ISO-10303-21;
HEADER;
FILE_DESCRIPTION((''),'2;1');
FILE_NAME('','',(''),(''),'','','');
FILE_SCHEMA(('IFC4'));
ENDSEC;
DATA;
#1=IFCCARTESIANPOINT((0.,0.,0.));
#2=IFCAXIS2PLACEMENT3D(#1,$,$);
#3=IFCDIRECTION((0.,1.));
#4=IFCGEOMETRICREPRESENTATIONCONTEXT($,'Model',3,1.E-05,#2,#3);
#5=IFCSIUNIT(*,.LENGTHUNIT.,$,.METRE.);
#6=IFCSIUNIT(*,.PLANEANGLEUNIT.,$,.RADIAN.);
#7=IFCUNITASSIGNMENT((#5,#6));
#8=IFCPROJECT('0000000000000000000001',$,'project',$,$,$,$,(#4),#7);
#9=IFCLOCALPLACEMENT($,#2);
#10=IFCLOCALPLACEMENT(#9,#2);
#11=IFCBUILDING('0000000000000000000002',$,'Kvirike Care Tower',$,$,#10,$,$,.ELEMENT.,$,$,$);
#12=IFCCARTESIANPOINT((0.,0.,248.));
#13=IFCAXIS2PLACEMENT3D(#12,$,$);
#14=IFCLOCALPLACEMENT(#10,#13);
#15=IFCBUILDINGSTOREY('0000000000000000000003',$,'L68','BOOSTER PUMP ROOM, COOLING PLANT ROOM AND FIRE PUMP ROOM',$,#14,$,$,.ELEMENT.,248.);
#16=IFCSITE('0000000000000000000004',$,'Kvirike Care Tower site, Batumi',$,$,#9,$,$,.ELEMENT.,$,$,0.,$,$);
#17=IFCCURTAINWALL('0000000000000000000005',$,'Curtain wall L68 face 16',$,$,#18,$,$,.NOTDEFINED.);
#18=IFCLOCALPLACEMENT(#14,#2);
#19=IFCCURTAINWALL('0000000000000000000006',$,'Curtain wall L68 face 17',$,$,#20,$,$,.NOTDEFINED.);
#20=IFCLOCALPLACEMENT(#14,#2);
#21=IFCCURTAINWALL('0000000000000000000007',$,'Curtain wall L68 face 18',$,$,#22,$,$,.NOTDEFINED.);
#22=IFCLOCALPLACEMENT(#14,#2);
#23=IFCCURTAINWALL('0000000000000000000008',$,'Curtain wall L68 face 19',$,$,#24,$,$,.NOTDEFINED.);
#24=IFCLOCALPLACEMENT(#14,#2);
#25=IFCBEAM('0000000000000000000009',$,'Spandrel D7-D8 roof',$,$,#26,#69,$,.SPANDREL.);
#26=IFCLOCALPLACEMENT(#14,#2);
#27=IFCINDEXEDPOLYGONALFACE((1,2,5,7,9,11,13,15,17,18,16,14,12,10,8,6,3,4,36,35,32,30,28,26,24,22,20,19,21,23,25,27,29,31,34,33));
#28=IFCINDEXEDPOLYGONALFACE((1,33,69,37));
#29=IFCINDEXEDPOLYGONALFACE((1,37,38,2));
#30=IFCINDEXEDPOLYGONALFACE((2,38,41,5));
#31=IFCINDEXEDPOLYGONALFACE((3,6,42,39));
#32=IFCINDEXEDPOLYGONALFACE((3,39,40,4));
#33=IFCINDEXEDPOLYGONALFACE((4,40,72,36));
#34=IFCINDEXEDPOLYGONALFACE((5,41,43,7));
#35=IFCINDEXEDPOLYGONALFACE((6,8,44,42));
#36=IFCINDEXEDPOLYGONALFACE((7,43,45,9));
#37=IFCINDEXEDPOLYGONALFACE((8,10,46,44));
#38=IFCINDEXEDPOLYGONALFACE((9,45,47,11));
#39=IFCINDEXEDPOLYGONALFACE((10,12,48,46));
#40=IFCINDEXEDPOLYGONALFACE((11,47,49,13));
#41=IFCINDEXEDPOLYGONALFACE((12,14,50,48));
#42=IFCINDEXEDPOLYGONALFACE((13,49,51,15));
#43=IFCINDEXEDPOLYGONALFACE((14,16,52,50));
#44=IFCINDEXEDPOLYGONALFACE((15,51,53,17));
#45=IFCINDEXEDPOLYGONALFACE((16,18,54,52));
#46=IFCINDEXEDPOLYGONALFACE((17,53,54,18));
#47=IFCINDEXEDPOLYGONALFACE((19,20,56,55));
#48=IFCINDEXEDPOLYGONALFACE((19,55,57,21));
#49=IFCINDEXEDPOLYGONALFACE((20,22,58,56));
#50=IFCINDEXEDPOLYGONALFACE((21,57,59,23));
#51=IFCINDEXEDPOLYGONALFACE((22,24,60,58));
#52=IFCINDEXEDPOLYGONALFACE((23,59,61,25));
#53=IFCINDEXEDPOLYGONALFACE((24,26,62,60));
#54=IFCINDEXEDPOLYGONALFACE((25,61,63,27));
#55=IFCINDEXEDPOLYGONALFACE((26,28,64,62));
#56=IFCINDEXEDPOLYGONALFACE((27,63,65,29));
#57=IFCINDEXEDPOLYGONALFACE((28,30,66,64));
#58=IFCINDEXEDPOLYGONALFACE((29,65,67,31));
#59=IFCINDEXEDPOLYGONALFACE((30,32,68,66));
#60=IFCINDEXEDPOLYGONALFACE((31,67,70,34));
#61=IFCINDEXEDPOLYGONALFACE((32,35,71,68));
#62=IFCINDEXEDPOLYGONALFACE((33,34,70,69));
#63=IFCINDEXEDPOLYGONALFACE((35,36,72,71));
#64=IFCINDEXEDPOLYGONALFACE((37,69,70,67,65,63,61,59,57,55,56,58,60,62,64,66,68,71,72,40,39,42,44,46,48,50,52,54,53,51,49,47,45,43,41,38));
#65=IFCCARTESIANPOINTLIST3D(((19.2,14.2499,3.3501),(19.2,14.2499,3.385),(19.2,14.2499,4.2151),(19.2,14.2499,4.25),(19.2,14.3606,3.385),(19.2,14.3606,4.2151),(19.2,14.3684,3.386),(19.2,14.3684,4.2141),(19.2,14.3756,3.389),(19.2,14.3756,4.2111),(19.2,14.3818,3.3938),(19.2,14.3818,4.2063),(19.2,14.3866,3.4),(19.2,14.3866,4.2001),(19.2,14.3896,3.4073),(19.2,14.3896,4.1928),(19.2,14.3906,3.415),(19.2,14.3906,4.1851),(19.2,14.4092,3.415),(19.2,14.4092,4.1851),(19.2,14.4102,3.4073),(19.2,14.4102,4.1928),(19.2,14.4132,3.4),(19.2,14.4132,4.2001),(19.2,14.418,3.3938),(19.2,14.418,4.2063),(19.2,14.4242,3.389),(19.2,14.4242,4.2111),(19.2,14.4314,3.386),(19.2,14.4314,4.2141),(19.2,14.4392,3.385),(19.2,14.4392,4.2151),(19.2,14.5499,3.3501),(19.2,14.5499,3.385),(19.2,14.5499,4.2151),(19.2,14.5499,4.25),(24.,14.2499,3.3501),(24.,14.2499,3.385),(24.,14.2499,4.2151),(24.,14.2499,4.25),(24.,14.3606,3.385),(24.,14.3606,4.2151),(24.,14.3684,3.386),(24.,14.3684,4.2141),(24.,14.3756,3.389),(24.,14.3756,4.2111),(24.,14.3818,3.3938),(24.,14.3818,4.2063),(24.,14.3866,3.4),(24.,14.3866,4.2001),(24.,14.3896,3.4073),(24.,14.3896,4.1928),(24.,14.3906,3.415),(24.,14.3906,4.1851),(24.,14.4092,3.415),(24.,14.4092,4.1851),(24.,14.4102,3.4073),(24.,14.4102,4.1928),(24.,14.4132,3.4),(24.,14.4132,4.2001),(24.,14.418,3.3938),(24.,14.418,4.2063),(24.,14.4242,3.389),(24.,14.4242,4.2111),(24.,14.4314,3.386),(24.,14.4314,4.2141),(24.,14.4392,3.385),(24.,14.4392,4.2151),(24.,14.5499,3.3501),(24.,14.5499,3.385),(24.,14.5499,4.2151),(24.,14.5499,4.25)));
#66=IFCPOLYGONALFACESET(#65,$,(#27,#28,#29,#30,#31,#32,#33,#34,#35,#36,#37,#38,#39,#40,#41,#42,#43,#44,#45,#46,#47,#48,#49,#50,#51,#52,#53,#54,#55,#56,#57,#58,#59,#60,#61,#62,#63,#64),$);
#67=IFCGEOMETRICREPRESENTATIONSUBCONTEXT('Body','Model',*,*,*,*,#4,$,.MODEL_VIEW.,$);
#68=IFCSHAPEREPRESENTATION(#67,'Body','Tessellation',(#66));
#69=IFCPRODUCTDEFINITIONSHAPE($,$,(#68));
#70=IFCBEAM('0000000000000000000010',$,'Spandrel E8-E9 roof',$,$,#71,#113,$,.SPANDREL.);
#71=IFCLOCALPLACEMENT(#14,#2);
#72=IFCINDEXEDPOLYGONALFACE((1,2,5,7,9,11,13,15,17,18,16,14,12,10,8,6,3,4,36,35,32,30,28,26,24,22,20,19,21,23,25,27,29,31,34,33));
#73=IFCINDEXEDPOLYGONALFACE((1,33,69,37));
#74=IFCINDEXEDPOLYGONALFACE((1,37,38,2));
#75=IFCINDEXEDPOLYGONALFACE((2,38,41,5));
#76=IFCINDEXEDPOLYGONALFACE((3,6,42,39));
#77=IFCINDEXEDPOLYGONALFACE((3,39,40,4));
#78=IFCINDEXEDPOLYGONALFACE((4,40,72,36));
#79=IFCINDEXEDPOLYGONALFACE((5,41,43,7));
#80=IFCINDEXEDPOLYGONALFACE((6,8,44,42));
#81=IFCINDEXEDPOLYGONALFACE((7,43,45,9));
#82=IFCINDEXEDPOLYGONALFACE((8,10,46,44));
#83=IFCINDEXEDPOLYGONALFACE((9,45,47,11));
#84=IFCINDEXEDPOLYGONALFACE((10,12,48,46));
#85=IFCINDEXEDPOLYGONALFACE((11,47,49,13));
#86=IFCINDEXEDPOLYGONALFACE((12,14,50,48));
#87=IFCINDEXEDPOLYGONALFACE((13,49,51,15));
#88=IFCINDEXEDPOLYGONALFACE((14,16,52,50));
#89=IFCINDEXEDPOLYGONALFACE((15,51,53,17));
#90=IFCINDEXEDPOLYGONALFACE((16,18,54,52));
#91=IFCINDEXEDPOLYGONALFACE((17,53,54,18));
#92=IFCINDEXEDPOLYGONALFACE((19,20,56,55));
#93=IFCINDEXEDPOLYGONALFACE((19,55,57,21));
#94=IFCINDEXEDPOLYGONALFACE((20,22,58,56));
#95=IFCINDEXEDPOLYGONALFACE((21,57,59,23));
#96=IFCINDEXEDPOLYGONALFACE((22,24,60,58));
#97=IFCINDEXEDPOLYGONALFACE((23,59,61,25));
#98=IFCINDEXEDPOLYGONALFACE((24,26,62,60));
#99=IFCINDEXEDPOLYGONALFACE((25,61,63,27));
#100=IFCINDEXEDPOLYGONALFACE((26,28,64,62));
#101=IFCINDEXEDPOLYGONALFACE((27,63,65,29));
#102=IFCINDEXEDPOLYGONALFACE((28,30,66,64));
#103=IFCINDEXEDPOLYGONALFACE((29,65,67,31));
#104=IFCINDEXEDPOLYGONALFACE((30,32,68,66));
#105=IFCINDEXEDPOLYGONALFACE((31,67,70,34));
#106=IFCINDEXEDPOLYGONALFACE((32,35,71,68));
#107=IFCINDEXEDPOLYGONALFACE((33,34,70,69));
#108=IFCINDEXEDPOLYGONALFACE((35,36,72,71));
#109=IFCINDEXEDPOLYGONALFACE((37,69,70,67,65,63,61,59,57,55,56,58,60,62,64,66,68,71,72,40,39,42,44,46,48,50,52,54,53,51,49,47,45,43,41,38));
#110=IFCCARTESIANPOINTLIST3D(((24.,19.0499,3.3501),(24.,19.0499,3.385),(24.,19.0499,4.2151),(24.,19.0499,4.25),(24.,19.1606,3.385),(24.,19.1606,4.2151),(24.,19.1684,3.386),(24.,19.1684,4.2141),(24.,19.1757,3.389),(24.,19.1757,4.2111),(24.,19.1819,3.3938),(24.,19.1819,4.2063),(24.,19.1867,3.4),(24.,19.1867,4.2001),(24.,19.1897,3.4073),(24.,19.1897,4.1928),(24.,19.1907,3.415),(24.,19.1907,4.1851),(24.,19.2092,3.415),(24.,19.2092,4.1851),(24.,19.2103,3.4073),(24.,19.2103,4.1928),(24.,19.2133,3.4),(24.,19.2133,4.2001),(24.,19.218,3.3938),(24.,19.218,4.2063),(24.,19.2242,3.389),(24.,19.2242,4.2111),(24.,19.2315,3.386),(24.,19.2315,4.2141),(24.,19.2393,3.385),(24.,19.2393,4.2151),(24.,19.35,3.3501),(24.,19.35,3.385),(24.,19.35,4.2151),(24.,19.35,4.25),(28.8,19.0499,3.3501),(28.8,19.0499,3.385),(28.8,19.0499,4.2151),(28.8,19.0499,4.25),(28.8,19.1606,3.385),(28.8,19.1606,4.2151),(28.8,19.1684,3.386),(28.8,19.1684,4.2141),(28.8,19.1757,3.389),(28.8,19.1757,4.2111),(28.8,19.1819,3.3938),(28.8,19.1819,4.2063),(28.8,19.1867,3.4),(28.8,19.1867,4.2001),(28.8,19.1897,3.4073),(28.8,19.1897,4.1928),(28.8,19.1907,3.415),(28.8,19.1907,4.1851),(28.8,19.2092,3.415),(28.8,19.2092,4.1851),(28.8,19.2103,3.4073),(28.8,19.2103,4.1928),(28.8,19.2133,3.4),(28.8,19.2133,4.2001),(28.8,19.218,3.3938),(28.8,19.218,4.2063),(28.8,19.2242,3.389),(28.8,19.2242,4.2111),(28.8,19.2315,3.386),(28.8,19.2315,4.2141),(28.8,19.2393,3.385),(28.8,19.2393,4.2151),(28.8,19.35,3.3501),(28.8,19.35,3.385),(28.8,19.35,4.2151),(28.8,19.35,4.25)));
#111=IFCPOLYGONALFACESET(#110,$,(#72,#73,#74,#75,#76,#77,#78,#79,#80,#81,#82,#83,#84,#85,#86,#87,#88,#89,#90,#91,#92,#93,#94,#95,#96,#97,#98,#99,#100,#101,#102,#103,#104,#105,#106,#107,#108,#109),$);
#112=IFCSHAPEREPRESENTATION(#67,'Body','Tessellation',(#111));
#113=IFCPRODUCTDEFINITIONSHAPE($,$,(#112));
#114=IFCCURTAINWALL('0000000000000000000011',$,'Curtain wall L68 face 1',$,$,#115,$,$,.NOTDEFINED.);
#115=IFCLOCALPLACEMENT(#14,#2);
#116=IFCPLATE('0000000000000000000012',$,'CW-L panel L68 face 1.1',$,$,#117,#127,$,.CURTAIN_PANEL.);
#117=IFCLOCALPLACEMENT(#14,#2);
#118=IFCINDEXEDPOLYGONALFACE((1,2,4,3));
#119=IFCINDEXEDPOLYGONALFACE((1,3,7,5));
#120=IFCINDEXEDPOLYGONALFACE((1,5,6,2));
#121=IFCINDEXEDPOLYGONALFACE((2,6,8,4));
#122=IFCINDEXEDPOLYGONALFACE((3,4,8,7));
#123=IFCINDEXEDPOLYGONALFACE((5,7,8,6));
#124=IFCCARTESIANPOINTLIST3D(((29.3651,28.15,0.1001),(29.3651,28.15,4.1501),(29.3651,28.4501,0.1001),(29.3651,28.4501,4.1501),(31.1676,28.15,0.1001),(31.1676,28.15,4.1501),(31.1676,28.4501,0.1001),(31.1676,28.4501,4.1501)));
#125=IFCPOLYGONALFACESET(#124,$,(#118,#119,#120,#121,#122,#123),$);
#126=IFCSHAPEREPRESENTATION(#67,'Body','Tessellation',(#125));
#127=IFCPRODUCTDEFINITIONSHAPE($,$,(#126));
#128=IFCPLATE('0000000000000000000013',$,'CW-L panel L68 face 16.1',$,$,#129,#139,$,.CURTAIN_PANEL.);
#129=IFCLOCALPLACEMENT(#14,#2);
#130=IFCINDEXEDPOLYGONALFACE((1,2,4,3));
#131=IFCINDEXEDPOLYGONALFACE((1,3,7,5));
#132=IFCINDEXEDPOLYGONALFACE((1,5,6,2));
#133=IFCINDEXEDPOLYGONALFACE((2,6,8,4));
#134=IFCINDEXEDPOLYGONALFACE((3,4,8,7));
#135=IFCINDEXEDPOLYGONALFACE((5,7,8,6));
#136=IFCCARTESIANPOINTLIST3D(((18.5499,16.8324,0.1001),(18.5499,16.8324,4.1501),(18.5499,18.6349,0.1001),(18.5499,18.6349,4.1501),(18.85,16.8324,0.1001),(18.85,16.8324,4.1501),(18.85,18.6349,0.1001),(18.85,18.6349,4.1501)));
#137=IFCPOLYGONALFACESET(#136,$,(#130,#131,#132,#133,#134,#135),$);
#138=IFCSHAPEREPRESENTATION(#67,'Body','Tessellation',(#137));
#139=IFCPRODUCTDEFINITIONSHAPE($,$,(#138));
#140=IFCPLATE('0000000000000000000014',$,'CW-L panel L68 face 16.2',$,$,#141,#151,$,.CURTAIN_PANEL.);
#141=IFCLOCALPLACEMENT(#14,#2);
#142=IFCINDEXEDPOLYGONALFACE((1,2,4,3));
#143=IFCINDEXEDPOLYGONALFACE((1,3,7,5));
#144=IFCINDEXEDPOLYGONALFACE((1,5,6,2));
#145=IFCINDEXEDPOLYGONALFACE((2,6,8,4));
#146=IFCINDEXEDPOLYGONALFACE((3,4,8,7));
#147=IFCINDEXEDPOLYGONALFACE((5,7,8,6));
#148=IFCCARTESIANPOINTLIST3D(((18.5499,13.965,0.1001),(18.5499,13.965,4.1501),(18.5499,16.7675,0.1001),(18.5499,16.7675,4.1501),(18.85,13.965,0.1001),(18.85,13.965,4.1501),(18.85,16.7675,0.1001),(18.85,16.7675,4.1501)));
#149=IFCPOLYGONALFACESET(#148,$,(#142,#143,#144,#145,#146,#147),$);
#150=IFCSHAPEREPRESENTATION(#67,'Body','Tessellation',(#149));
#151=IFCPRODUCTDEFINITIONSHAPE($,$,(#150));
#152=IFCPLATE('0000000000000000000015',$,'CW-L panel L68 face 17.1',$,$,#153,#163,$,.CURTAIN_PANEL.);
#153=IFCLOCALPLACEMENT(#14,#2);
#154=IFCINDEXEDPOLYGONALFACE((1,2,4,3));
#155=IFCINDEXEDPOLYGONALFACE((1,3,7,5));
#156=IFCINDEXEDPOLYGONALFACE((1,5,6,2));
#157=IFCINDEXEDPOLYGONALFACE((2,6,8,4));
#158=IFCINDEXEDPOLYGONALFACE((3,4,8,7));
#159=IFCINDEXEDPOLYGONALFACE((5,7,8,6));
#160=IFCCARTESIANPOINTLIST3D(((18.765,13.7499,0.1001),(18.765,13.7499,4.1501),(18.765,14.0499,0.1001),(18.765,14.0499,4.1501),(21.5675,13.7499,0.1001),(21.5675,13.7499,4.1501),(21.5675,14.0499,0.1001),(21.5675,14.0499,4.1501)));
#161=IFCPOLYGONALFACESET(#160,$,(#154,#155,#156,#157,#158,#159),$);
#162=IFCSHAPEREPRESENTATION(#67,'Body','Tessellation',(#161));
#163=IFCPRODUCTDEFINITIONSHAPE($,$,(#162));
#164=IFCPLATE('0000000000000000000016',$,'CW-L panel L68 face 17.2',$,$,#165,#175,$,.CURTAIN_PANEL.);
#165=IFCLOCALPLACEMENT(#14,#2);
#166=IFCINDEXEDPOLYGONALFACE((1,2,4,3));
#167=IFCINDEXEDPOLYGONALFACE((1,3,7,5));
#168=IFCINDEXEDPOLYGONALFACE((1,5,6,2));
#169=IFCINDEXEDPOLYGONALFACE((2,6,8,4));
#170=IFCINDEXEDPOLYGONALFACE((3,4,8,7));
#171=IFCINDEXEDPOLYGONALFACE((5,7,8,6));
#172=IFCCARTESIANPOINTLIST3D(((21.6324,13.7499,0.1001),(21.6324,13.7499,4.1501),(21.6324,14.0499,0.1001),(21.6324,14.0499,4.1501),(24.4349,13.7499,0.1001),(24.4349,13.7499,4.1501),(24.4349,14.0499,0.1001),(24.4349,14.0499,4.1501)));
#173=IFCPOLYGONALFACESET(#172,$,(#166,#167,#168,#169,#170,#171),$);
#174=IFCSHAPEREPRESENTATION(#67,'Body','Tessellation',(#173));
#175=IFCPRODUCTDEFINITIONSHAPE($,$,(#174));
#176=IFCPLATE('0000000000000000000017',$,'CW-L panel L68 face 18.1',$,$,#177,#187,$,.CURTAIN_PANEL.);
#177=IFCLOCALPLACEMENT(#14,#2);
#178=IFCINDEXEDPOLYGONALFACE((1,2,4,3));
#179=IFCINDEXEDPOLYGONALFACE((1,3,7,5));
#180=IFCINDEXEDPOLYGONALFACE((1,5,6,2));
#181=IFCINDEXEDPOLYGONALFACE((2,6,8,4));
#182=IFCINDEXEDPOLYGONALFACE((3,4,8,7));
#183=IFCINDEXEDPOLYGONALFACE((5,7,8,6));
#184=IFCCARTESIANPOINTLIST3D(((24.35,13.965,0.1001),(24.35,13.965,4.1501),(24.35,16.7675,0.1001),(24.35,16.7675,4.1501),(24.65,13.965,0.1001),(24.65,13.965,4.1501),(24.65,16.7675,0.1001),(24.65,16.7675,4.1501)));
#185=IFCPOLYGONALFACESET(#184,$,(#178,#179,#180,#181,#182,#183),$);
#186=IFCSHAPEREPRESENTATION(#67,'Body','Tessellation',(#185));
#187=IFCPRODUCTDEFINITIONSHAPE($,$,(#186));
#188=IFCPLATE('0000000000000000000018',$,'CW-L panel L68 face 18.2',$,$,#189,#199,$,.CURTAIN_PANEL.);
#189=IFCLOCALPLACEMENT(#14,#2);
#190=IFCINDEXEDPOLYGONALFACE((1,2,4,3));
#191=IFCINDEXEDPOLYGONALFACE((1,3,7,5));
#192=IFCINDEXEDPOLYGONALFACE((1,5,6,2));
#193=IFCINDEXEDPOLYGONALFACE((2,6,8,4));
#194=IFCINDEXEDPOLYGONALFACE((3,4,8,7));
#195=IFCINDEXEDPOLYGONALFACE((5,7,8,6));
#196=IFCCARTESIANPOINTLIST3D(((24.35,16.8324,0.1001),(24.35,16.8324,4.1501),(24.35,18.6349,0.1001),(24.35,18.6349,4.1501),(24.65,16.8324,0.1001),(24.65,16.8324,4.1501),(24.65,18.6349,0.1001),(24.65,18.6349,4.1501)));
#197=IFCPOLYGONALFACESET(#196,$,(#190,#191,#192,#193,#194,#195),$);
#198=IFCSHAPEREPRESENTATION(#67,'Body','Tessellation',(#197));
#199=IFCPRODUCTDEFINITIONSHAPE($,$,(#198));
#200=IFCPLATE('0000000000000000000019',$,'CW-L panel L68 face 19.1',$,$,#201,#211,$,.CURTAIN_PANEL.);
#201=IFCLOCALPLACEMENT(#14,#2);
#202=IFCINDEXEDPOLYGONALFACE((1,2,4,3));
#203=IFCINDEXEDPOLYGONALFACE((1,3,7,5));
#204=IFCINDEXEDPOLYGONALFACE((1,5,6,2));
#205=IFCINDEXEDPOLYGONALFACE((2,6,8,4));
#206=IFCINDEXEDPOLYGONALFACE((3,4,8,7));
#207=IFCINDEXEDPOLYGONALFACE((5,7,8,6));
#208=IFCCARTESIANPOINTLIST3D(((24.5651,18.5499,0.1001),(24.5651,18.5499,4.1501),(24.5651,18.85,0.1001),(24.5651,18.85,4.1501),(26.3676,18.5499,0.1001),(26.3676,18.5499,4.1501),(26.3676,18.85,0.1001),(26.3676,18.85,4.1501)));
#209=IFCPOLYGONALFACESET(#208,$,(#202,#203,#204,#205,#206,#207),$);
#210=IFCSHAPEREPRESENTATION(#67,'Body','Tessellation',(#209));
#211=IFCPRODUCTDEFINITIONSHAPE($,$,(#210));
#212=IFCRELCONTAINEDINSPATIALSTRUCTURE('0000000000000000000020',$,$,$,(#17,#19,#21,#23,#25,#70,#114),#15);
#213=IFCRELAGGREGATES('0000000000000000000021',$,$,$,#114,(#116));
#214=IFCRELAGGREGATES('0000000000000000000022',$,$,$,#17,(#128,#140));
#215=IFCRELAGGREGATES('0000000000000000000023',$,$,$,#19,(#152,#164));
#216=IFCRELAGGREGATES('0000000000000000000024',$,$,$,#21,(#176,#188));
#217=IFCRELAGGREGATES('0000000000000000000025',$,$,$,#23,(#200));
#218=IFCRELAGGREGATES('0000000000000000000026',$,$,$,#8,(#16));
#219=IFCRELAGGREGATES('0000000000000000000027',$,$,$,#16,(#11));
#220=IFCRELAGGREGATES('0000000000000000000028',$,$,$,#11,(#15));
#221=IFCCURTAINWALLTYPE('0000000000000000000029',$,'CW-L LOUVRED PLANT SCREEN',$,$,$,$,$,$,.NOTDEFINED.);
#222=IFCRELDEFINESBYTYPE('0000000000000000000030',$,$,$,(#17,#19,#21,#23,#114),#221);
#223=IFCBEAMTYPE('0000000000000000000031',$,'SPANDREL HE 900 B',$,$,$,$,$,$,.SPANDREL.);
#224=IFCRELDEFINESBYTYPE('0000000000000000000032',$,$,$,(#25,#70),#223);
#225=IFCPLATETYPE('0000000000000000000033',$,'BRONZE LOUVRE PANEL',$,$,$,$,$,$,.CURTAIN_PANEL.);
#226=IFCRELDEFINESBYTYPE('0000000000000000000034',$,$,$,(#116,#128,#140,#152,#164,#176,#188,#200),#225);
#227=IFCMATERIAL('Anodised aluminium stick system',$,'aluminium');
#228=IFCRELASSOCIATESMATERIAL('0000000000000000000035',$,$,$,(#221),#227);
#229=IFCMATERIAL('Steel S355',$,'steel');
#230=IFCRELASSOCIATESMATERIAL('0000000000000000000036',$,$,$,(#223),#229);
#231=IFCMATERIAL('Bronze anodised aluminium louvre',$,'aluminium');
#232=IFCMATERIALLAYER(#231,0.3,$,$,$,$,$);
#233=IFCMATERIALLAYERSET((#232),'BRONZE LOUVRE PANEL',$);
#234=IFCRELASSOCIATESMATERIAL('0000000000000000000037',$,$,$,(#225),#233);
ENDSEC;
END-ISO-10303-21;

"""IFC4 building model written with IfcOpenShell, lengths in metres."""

from ifc_helpers import new_model, si_unit, direction, frame, origin, origin_2d, place, context, subcontext, project, spatial, rectangle, i_section, extrude, material, layer, layer_set, material_profile, profile_set, type_object, element, aggregate, save


model = new_model("IFC4")

# Units and contexts
model_context = context("Model", 3, precision=1e-05, world=origin(), true_north=direction((0.0, 1.0)))
body_context = subcontext(model_context, "Body", "Model", "MODEL_VIEW")
ifc_project = project(units=[si_unit("LENGTHUNIT", "METRE"), si_unit("PLANEANGLEUNIT", "RADIAN")], contexts=[model_context])

# Site, building, storey
site_placement = place(None, origin())
site = spatial("IfcSite", under=ifc_project, at=site_placement, Name="Kvirike Care Tower site, Batumi", CompositionType="ELEMENT", RefElevation=0.0)
building_placement = place(site_placement, origin())
building = spatial("IfcBuilding", under=site, at=building_placement, Name="Kvirike Care Tower", CompositionType="ELEMENT")
storey_placement = place(building_placement, frame((0.0, 0.0, 248.0)))
storey = spatial("IfcBuildingStorey", under=building, at=storey_placement, Name="L68", Description="BOOSTER PUMP ROOM, COOLING PLANT ROOM AND FIRE PUMP ROOM", CompositionType="ELEMENT", Elevation=248.0)

# Curtain walls
ifc_material_1 = material(Name="Anodised aluminium stick system", Category="aluminium")
curtain_wall_type = type_object("IfcCurtainWallType", Name="CW-L LOUVRED PLANT SCREEN", PredefinedType="NOTDEFINED", material=ifc_material_1)
curtain_wall_1_placement = place(storey_placement, origin())
curtain_wall_1 = element("IfcCurtainWall", 1, at=curtain_wall_1_placement, inside=storey, type_object=curtain_wall_type, Name="Curtain wall L68 face 16", PredefinedType="NOTDEFINED")
curtain_wall_2_placement = place(storey_placement, origin())
curtain_wall_2 = element("IfcCurtainWall", 2, at=curtain_wall_2_placement, inside=storey, type_object=curtain_wall_type, Name="Curtain wall L68 face 17", PredefinedType="NOTDEFINED")
curtain_wall_3_placement = place(storey_placement, origin())
curtain_wall_3 = element("IfcCurtainWall", 3, at=curtain_wall_3_placement, inside=storey, type_object=curtain_wall_type, Name="Curtain wall L68 face 18", PredefinedType="NOTDEFINED")
curtain_wall_4_placement = place(storey_placement, origin())
curtain_wall_4 = element("IfcCurtainWall", 4, at=curtain_wall_4_placement, inside=storey, type_object=curtain_wall_type, Name="Curtain wall L68 face 19", PredefinedType="NOTDEFINED")

# Beams
ifc_material_2 = material(Name="Steel S355", Category="steel")
ifc_material_profile_1 = material_profile(ifc_material_2, i_section(OverallWidth=0.3, OverallDepth=0.8999, WebThickness=0.0186, FlangeThickness=0.0349, FilletRadius=0.03, at=origin_2d()), Name="HE 900 B")
ifc_profile_set_1 = profile_set([ifc_material_profile_1], Name="Steel S355")
beam_type = type_object("IfcBeamType", Name="SPANDREL HE 900 B", PredefinedType="SPANDREL", material=ifc_profile_set_1)
for number, where, z_axis, x_axis, name in (
    (5, (19.2, 14.3999, 3.8), (1.0, 0.0, 0.0), (0.0, 1.0, 0.0), "Spandrel D7-D8 roof"),
    (6, (24.0, 19.2, 3.8), (1.0, 0.0, 0.0), (0.0, 1.0, 0.0), "Spandrel E8-E9 roof"),
):
    element("IfcBeam", number, at=place(storey_placement, frame(where, z_axis=z_axis, x_axis=x_axis)), inside=storey, type_object=beam_type, Name=name, PredefinedType="SPANDREL", context=body_context, shape_type="SweptSolid", body=[
        extrude(i_section(OverallWidth=0.3, OverallDepth=0.8999, WebThickness=0.0186, FlangeThickness=0.0349, FilletRadius=0.03, at=origin_2d()), origin(), (0.0, 0.0, 1.0), 4.8),
    ])

# Curtain wall, plate
curtain_wall_5_placement = place(storey_placement, origin())
curtain_wall_5 = element("IfcCurtainWall", 7, at=curtain_wall_5_placement, inside=storey, type_object=curtain_wall_type, Name="Curtain wall L68 face 1", PredefinedType="NOTDEFINED")
ifc_material_3 = material(Name="Bronze anodised aluminium louvre", Category="aluminium")
ifc_layer = layer(ifc_material_3, 0.3)
ifc_layer_set = layer_set([ifc_layer], Name="BRONZE LOUVRE PANEL")
plate_type = type_object("IfcPlateType", Name="BRONZE LOUVRE PANEL", PredefinedType="CURTAIN_PANEL", material=ifc_layer_set)
plate_1_placement = place(storey_placement, frame((30.2664, 28.3, 0.1001), z_axis=(0.0, 0.0, 1.0), x_axis=(1.0, 0.0, 0.0)))
plate_1 = element("IfcPlate", 8, at=plate_1_placement, type_object=plate_type, Name="CW-L panel L68 face 1.1", PredefinedType="CURTAIN_PANEL", context=body_context, shape_type="SweptSolid", body=[
    extrude(rectangle(XDim=1.8025, YDim=0.3, at=origin_2d()), origin(), (0.0, 0.0, 1.0), 4.05),
])
aggregate(curtain_wall_5, [plate_1])

# Plates
plate_2_placement = place(storey_placement, frame((18.7, 17.7336, 0.1001), z_axis=(0.0, 0.0, 1.0), x_axis=(0.0, -1.0, 0.0)))
plate_2 = element("IfcPlate", 9, at=plate_2_placement, type_object=plate_type, Name="CW-L panel L68 face 16.1", PredefinedType="CURTAIN_PANEL", context=body_context, shape_type="SweptSolid", body=[
    extrude(rectangle(XDim=1.8025, YDim=0.3, at=origin_2d()), origin(), (0.0, 0.0, 1.0), 4.05),
])
plate_3_placement = place(storey_placement, frame((18.7, 15.3662, 0.1001), z_axis=(0.0, 0.0, 1.0), x_axis=(0.0, -1.0, 0.0)))
plate_3 = element("IfcPlate", 10, at=plate_3_placement, type_object=plate_type, Name="CW-L panel L68 face 16.2", PredefinedType="CURTAIN_PANEL", context=body_context, shape_type="SweptSolid", body=[
    extrude(rectangle(XDim=2.8025, YDim=0.3, at=origin_2d()), origin(), (0.0, 0.0, 1.0), 4.05),
])
aggregate(curtain_wall_1, [plate_2, plate_3])
plate_4_placement = place(storey_placement, frame((20.1663, 13.8999, 0.1001), z_axis=(0.0, 0.0, 1.0), x_axis=(1.0, 0.0, 0.0)))
plate_4 = element("IfcPlate", 11, at=plate_4_placement, type_object=plate_type, Name="CW-L panel L68 face 17.1", PredefinedType="CURTAIN_PANEL", context=body_context, shape_type="SweptSolid", body=[
    extrude(rectangle(XDim=2.8025, YDim=0.3, at=origin_2d()), origin(), (0.0, 0.0, 1.0), 4.05),
])
plate_5_placement = place(storey_placement, frame((23.0337, 13.8999, 0.1001), z_axis=(0.0, 0.0, 1.0), x_axis=(1.0, 0.0, 0.0)))
plate_5 = element("IfcPlate", 12, at=plate_5_placement, type_object=plate_type, Name="CW-L panel L68 face 17.2", PredefinedType="CURTAIN_PANEL", context=body_context, shape_type="SweptSolid", body=[
    extrude(rectangle(XDim=2.8025, YDim=0.3, at=origin_2d()), origin(), (0.0, 0.0, 1.0), 4.05),
])
aggregate(curtain_wall_2, [plate_4, plate_5])
plate_6_placement = place(storey_placement, frame((24.5, 15.3662, 0.1001), z_axis=(0.0, 0.0, 1.0), x_axis=(0.0, 1.0, 0.0)))
plate_6 = element("IfcPlate", 13, at=plate_6_placement, type_object=plate_type, Name="CW-L panel L68 face 18.1", PredefinedType="CURTAIN_PANEL", context=body_context, shape_type="SweptSolid", body=[
    extrude(rectangle(XDim=2.8025, YDim=0.3, at=origin_2d()), origin(), (0.0, 0.0, 1.0), 4.05),
])
plate_7_placement = place(storey_placement, frame((24.5, 17.7336, 0.1001), z_axis=(0.0, 0.0, 1.0), x_axis=(0.0, 1.0, 0.0)))
plate_7 = element("IfcPlate", 14, at=plate_7_placement, type_object=plate_type, Name="CW-L panel L68 face 18.2", PredefinedType="CURTAIN_PANEL", context=body_context, shape_type="SweptSolid", body=[
    extrude(rectangle(XDim=1.8025, YDim=0.3, at=origin_2d()), origin(), (0.0, 0.0, 1.0), 4.05),
])
aggregate(curtain_wall_3, [plate_6, plate_7])
plate_8_placement = place(storey_placement, frame((25.4663, 18.7, 0.1001), z_axis=(0.0, 0.0, 1.0), x_axis=(1.0, 0.0, 0.0)))
plate_8 = element("IfcPlate", 15, at=plate_8_placement, type_object=plate_type, Name="CW-L panel L68 face 19.1", PredefinedType="CURTAIN_PANEL", context=body_context, shape_type="SweptSolid", body=[
    extrude(rectangle(XDim=1.8025, YDim=0.3, at=origin_2d()), origin(), (0.0, 0.0, 1.0), 4.05),
])
aggregate(curtain_wall_4, [plate_8])

save(model, "model.ifc")
